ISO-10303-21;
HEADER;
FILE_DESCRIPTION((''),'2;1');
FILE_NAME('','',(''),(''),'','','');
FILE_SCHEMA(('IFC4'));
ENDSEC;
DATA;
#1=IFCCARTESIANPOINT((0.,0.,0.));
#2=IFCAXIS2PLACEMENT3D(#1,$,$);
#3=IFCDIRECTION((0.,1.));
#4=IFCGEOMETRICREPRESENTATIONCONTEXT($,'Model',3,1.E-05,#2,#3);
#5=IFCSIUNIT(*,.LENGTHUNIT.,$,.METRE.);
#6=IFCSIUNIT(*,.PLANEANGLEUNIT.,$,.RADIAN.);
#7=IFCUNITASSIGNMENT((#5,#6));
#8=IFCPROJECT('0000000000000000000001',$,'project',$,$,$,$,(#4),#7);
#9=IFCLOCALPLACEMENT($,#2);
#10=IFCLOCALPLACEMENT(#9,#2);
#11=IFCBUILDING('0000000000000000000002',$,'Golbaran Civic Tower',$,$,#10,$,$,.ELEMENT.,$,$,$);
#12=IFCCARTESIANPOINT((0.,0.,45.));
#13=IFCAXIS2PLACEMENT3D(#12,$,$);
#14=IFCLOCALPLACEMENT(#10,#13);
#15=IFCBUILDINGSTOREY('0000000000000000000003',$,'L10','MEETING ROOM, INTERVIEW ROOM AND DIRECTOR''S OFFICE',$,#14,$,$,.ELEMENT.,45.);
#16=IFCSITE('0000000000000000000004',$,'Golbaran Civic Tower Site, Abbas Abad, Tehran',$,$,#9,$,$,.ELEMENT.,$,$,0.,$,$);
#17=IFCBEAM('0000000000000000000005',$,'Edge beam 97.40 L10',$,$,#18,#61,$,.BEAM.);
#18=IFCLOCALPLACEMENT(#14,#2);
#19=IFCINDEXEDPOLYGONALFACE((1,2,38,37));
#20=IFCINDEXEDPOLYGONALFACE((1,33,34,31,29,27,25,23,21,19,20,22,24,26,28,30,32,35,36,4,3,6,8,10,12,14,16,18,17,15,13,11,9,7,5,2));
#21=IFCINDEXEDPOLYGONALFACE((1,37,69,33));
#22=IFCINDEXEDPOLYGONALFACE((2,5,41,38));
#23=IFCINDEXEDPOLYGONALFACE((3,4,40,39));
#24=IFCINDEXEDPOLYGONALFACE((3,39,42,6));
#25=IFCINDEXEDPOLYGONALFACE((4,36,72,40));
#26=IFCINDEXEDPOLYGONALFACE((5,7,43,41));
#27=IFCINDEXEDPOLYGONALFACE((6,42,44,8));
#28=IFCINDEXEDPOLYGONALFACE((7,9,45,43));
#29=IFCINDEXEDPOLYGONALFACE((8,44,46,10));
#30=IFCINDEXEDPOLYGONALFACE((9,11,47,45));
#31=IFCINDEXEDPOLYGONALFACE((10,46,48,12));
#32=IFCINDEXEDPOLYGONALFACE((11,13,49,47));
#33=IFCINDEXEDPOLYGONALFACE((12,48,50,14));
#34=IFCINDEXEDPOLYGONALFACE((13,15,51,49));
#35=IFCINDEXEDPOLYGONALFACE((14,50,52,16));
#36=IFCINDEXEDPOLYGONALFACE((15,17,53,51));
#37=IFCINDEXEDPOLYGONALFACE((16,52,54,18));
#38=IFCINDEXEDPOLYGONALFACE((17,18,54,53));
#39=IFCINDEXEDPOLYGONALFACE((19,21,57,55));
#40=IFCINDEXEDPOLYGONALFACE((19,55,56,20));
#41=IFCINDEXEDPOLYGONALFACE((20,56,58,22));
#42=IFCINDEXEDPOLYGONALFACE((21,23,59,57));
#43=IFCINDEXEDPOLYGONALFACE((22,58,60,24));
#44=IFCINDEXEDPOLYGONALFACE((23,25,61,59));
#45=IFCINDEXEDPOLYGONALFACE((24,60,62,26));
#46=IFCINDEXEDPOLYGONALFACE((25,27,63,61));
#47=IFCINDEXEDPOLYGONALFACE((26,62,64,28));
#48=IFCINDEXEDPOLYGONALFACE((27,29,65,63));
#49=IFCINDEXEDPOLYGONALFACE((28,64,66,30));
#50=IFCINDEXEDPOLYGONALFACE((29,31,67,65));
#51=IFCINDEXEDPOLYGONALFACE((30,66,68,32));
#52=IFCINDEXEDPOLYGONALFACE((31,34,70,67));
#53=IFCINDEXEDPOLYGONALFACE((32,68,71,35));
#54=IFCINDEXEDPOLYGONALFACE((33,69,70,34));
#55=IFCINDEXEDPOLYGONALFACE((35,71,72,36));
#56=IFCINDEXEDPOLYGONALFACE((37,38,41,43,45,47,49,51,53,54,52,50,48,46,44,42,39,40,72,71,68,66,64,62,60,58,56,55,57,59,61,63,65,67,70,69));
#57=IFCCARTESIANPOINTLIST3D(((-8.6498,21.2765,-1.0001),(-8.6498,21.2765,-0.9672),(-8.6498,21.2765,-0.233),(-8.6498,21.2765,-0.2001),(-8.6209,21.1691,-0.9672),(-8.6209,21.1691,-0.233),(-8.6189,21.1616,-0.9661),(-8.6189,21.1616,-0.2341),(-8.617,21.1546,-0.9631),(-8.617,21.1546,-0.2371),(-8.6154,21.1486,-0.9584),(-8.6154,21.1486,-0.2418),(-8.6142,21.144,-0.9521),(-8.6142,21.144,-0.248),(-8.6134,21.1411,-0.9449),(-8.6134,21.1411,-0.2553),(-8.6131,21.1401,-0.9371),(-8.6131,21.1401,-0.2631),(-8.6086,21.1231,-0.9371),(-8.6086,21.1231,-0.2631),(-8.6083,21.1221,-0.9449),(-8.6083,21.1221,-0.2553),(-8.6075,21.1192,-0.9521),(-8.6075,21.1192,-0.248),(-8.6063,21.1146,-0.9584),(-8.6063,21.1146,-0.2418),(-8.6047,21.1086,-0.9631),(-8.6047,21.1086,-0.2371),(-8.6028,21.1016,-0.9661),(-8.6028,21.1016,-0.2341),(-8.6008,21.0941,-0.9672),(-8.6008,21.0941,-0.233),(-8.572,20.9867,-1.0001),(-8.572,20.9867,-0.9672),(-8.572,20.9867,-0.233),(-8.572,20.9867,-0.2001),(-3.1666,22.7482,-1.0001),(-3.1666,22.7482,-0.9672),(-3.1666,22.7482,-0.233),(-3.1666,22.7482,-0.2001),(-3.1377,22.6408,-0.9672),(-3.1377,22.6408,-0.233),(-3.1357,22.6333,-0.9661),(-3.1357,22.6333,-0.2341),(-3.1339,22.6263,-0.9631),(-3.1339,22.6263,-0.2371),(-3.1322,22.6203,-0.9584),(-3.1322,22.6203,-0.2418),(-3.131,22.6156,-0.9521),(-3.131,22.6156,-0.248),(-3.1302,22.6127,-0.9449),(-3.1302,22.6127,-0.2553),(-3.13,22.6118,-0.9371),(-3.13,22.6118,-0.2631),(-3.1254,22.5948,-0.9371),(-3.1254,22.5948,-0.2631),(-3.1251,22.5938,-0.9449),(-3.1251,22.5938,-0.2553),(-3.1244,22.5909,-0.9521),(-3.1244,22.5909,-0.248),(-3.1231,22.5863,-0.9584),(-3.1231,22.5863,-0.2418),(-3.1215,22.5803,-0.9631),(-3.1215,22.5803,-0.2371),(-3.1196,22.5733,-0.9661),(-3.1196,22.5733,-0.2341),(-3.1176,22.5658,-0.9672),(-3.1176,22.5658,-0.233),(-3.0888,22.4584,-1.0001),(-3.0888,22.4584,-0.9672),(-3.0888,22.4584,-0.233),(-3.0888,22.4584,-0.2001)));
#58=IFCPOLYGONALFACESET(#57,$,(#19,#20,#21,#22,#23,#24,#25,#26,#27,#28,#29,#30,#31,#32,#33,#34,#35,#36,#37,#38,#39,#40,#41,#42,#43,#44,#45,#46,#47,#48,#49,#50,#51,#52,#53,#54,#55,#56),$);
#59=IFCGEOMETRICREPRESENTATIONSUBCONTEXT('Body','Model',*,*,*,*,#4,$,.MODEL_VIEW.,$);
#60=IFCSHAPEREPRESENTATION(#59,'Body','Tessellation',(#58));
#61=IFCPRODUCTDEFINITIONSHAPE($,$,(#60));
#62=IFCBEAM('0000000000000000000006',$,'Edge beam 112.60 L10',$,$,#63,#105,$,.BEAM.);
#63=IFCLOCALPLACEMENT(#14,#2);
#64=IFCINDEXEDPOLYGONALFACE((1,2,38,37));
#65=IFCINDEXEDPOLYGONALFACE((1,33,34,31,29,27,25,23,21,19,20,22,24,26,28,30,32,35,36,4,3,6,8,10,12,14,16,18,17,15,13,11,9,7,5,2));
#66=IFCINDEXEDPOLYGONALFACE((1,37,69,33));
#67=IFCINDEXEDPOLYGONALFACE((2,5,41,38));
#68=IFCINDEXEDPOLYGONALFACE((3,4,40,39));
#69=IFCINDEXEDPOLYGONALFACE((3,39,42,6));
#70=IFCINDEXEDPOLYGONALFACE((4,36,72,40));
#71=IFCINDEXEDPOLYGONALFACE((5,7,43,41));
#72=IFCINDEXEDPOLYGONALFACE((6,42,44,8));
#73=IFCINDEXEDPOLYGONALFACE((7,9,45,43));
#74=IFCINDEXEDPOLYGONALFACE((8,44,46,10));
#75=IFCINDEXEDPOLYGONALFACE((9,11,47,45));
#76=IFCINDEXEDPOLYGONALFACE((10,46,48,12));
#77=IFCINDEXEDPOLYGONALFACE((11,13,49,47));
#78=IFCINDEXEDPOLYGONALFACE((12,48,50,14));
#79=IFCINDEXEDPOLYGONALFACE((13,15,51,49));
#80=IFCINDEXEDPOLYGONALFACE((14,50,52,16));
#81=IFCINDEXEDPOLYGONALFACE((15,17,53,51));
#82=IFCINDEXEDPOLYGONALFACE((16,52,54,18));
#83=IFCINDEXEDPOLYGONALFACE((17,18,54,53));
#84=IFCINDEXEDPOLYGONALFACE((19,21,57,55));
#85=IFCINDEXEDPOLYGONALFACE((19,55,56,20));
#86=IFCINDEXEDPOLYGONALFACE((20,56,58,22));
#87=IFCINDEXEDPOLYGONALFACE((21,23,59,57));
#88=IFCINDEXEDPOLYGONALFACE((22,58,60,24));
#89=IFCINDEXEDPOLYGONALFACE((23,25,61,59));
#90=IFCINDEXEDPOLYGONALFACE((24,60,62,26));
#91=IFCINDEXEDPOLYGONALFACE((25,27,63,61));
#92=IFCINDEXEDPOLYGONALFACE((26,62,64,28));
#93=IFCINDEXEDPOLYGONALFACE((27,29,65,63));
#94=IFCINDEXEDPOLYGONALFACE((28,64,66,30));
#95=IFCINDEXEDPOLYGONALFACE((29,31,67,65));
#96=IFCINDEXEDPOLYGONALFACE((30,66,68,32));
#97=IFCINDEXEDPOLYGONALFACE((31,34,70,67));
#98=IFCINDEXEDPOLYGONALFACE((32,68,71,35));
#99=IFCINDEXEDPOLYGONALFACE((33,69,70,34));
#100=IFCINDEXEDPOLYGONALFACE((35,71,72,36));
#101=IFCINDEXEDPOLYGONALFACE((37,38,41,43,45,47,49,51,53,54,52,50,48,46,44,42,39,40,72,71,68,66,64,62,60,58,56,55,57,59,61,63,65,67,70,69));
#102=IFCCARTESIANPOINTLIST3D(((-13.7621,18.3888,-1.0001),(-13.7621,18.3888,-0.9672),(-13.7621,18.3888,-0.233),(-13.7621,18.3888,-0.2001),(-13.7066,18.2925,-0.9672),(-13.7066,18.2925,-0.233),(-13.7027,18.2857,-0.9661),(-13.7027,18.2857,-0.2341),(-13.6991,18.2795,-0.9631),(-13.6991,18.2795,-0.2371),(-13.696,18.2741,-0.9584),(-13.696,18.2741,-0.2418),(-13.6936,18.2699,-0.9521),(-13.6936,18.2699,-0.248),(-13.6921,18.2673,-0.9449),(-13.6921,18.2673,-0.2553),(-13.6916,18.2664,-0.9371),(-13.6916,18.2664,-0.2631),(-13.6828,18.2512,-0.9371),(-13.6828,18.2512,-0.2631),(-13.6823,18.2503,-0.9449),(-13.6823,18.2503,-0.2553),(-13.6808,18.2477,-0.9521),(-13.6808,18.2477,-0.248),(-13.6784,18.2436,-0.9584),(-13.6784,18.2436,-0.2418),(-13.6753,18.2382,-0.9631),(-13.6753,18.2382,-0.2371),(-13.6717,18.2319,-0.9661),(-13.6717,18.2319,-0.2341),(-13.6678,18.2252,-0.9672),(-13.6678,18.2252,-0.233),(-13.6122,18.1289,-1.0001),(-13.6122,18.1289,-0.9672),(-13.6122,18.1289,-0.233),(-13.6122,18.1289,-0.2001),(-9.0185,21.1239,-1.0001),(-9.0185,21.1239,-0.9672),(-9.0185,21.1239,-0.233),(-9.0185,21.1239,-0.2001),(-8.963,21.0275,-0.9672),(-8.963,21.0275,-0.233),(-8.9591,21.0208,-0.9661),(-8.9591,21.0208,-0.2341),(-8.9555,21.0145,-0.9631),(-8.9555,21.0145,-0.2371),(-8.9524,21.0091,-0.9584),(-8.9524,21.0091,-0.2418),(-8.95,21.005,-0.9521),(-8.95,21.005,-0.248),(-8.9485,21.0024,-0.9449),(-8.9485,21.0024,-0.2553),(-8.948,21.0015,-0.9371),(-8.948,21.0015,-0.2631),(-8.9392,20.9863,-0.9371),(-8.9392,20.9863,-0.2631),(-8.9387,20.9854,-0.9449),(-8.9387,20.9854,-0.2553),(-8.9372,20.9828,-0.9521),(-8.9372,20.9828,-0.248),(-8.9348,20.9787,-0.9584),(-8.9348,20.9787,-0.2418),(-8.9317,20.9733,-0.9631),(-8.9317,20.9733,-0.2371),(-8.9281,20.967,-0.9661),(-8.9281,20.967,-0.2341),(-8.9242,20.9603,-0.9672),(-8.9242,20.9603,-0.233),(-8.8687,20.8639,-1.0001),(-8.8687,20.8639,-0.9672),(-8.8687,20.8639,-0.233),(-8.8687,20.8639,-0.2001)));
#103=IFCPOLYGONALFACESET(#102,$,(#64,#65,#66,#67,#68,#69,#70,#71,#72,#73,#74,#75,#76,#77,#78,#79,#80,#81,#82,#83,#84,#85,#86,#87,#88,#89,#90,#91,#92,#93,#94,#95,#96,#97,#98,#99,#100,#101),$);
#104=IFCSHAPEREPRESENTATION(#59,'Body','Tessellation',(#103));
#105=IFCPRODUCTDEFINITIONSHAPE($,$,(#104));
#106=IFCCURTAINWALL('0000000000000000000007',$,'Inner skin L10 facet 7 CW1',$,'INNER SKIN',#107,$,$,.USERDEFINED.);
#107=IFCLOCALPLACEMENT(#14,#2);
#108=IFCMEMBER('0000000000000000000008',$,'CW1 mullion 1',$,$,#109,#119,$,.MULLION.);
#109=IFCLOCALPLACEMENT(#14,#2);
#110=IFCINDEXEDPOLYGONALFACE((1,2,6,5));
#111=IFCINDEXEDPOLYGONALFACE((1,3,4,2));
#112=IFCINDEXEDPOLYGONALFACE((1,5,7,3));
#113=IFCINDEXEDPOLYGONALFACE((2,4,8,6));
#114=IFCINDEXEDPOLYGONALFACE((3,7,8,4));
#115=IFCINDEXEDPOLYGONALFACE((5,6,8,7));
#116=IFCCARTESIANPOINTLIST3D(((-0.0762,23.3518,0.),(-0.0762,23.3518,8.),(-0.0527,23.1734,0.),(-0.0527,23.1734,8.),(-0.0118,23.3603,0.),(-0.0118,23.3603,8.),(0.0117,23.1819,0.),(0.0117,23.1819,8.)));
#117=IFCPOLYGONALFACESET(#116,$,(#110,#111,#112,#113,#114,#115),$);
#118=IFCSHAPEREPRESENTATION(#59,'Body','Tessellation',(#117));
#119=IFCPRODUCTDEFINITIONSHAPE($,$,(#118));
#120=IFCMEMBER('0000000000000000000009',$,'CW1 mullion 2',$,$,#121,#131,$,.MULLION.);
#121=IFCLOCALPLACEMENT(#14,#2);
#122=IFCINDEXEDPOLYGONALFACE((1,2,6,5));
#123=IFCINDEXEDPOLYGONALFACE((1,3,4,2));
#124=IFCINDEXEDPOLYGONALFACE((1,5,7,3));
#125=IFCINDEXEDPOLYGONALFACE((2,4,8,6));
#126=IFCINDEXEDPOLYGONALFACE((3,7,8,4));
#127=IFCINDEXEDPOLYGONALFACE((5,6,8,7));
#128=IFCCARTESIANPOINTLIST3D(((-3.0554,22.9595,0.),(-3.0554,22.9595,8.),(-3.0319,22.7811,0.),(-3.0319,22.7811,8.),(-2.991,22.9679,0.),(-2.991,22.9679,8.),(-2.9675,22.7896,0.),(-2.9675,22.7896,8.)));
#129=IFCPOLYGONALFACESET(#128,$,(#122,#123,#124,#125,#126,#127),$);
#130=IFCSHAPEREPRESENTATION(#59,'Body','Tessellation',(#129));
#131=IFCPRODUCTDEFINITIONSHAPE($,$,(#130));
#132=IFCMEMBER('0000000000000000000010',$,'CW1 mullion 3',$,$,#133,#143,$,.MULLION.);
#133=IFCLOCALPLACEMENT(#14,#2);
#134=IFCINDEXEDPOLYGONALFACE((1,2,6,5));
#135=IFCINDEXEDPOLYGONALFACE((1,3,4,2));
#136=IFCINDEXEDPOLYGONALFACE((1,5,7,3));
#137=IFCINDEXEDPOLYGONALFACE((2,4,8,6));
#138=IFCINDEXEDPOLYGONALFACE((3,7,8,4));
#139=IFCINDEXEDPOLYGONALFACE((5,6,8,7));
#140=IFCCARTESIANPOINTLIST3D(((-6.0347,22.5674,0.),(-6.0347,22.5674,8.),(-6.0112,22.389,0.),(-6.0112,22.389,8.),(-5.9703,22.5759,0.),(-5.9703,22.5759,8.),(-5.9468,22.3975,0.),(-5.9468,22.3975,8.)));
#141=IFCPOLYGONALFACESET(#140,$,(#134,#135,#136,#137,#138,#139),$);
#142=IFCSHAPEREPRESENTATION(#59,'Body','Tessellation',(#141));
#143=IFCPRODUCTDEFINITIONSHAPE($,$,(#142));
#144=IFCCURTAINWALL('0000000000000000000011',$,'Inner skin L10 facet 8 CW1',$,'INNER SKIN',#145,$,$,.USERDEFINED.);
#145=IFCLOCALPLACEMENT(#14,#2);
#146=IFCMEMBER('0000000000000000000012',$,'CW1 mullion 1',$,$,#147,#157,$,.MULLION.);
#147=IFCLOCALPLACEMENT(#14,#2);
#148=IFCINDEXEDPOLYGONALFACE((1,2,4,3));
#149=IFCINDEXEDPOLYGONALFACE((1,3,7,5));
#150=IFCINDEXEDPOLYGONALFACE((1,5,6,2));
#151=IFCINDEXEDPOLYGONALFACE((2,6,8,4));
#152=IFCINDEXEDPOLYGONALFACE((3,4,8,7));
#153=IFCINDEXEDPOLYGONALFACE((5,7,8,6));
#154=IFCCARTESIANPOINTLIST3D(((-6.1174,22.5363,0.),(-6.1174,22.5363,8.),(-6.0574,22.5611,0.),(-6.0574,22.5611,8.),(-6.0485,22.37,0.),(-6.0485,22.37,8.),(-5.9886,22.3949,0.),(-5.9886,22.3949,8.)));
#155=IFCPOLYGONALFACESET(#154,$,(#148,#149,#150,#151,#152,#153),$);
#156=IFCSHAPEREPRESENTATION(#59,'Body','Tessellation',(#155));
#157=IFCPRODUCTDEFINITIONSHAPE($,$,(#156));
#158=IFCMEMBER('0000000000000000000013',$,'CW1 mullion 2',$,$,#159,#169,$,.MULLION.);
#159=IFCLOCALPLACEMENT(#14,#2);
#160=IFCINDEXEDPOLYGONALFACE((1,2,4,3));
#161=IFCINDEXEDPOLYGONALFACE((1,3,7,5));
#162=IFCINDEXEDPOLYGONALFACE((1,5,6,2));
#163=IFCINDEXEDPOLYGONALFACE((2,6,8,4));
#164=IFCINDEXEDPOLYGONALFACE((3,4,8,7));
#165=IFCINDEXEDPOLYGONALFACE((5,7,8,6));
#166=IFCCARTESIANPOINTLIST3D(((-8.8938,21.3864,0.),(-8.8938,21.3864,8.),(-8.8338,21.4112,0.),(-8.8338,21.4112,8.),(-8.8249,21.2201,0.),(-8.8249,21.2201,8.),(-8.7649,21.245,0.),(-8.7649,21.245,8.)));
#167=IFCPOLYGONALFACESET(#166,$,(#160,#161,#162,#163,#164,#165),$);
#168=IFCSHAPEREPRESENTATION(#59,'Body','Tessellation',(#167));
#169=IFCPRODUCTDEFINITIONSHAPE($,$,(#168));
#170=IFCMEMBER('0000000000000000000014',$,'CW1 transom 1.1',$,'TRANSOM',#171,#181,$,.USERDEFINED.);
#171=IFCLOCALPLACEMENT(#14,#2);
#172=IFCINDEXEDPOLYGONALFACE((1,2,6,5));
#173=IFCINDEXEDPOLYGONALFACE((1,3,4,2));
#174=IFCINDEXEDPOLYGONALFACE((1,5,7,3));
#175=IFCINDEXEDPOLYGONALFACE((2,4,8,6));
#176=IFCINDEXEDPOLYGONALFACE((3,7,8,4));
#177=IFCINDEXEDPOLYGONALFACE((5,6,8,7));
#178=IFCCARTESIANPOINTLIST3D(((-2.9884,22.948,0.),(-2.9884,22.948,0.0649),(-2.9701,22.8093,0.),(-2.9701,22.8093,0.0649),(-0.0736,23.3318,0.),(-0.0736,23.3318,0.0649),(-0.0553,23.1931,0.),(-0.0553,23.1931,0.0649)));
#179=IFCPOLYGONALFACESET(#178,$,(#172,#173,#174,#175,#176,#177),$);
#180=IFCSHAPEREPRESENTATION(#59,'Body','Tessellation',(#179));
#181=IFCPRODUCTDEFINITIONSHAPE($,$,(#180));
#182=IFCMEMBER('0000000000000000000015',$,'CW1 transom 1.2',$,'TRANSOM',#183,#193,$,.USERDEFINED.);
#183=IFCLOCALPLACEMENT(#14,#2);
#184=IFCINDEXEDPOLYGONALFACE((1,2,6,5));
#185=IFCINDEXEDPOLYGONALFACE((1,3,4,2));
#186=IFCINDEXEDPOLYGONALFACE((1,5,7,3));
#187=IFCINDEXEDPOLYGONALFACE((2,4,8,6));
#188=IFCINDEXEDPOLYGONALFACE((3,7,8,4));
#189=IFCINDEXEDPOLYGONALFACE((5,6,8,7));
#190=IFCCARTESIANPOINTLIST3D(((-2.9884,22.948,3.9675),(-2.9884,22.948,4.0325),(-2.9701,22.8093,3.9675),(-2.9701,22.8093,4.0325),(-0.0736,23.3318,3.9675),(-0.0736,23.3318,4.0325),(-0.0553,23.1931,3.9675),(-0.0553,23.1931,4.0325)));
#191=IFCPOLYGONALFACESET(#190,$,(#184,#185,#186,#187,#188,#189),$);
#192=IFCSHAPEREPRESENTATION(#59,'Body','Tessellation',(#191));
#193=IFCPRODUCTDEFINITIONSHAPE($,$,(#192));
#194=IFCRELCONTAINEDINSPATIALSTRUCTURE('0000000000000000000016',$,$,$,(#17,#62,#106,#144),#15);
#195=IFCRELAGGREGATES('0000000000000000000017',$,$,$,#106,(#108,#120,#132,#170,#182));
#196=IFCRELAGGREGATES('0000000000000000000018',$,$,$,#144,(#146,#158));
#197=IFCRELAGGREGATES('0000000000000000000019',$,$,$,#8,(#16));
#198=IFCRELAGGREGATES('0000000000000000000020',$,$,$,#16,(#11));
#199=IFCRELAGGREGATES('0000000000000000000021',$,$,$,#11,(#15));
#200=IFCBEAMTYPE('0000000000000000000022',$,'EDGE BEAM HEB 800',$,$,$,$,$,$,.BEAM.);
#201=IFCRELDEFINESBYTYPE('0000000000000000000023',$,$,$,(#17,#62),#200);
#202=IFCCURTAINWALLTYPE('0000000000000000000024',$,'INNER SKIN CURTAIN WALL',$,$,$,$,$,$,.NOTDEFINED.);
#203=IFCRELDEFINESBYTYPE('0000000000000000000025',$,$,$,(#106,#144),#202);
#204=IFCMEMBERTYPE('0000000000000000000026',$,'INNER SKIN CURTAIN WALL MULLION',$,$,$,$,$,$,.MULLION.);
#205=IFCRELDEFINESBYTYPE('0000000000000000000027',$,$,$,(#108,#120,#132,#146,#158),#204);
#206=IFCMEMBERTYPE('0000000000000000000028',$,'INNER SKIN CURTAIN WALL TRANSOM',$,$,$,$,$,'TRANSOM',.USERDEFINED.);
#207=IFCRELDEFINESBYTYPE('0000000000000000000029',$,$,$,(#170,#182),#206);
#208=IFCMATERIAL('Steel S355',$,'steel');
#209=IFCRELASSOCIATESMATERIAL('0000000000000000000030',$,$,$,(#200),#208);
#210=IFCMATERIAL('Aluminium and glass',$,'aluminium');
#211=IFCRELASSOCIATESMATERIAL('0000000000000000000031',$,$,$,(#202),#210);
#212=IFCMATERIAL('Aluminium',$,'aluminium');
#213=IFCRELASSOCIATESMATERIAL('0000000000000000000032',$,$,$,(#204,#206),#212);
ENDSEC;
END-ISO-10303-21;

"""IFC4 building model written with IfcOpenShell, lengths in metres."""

from ifc_helpers import new_model, si_unit, direction, frame, origin, origin_2d, place, context, subcontext, project, spatial, rectangle, i_section, extrude, material, material_profile, profile_set, type_object, element, aggregate, save


model = new_model("IFC4")

# Units and contexts
model_context = context("Model", 3, precision=1e-05, world=origin(), true_north=direction((0.0, 1.0)))
body_context = subcontext(model_context, "Body", "Model", "MODEL_VIEW")
ifc_project = project(units=[si_unit("LENGTHUNIT", "METRE"), si_unit("PLANEANGLEUNIT", "RADIAN")], contexts=[model_context])

# Site, building, storey
site_placement = place(None, origin())
site = spatial("IfcSite", under=ifc_project, at=site_placement, Name="Golbaran Civic Tower Site, Abbas Abad, Tehran", CompositionType="ELEMENT", RefElevation=0.0)
building_placement = place(site_placement, origin())
building = spatial("IfcBuilding", under=site, at=building_placement, Name="Golbaran Civic Tower", CompositionType="ELEMENT")
storey_placement = place(building_placement, frame((0.0, 0.0, 45.0)))
storey = spatial("IfcBuildingStorey", under=building, at=storey_placement, Name="L10", Description="MEETING ROOM, INTERVIEW ROOM AND DIRECTOR'S OFFICE", CompositionType="ELEMENT", Elevation=45.0)

# Beams
ifc_material_1 = material(Name="Steel S355", Category="steel")
ifc_material_profile_1 = material_profile(ifc_material_1, i_section(OverallWidth=0.3, OverallDepth=0.8, WebThickness=0.0176, FlangeThickness=0.033, FilletRadius=0.03, at=origin_2d()), Name="HEB 800")
ifc_profile_set_1 = profile_set([ifc_material_profile_1], Name="Steel S355")
beam_type = type_object("IfcBeamType", Name="EDGE BEAM HEB 800", PredefinedType="BEAM", material=ifc_profile_set_1)
beam_1_placement = place(storey_placement, frame((-3.1277, 22.6033, -0.6001), z_axis=(-0.965817, -0.259225, 0.0), x_axis=(0.259225, -0.965817, 0.0)))
element("IfcBeam", 1, at=beam_1_placement, inside=storey, type_object=beam_type, Name="Edge beam 97.40 L10", PredefinedType="BEAM", context=body_context, shape_type="SweptSolid", body=[
    extrude(i_section(OverallWidth=0.3, OverallDepth=0.8, WebThickness=0.0176, FlangeThickness=0.033, FilletRadius=0.03, at=origin_2d()), origin(), (0.0, 0.0, 1.0), 5.6772),
])
beam_2_placement = place(storey_placement, frame((-8.9436, 20.9939, -0.6001), z_axis=(-0.866313, -0.499501, 0.0), x_axis=(0.499501, -0.866313, 0.0)))
element("IfcBeam", 2, at=beam_2_placement, inside=storey, type_object=beam_type, Name="Edge beam 112.60 L10", PredefinedType="BEAM", context=body_context, shape_type="SweptSolid", body=[
    extrude(i_section(OverallWidth=0.3, OverallDepth=0.8, WebThickness=0.0176, FlangeThickness=0.033, FilletRadius=0.03, at=origin_2d()), origin(), (0.0, 0.0, 1.0), 5.4756),
])

# Curtain walls, members
ifc_material_2 = material(Name="Aluminium and glass", Category="aluminium")
curtain_wall_type = type_object("IfcCurtainWallType", Name="INNER SKIN CURTAIN WALL", PredefinedType="NOTDEFINED", material=ifc_material_2)
curtain_wall_1_placement = place(storey_placement, origin())
curtain_wall_1 = element("IfcCurtainWall", 3, at=curtain_wall_1_placement, inside=storey, type_object=curtain_wall_type, Name="Inner skin L10 facet 7 CW1", ObjectType="INNER SKIN", PredefinedType="USERDEFINED")
ifc_material_3 = material(Name="Aluminium", Category="aluminium")
ifc_material_profile_2 = material_profile(ifc_material_3, rectangle(XDim=0.1799, YDim=0.0649, at=origin_2d()), Name="INNER SKIN CURTAIN WALL MULLION")
ifc_profile_set_2 = profile_set([ifc_material_profile_2], Name="Aluminium")
member_type_1 = type_object("IfcMemberType", Name="INNER SKIN CURTAIN WALL MULLION", PredefinedType="MULLION", material=ifc_profile_set_2)
member_1_placement = place(storey_placement, frame((-0.0322, 23.2668, 0.0), z_axis=(0.0, 0.0, 1.0), x_axis=(0.130526, -0.991445, 0.0)))
member_1 = element("IfcMember", 4, at=member_1_placement, type_object=member_type_1, Name="CW1 mullion 1", PredefinedType="MULLION", context=body_context, shape_type="SweptSolid", body=[
    extrude(rectangle(XDim=0.1799, YDim=0.0649, at=origin_2d()), origin(), (0.0, 0.0, 1.0), 8.0),
])
member_2_placement = place(storey_placement, frame((-3.0115, 22.8745, 0.0), z_axis=(0.0, 0.0, 1.0), x_axis=(0.130526, -0.991445, 0.0)))
member_2 = element("IfcMember", 5, at=member_2_placement, type_object=member_type_1, Name="CW1 mullion 2", PredefinedType="MULLION", context=body_context, shape_type="SweptSolid", body=[
    extrude(rectangle(XDim=0.1799, YDim=0.0649, at=origin_2d()), origin(), (0.0, 0.0, 1.0), 8.0),
])
member_3_placement = place(storey_placement, frame((-5.9907, 22.4824, 0.0), z_axis=(0.0, 0.0, 1.0), x_axis=(0.130526, -0.991445, 0.0)))
member_3 = element("IfcMember", 6, at=member_3_placement, type_object=member_type_1, Name="CW1 mullion 3", PredefinedType="MULLION", context=body_context, shape_type="SweptSolid", body=[
    extrude(rectangle(XDim=0.1799, YDim=0.0649, at=origin_2d()), origin(), (0.0, 0.0, 1.0), 8.0),
])
curtain_wall_2_placement = place(storey_placement, origin())
curtain_wall_2 = element("IfcCurtainWall", 7, at=curtain_wall_2_placement, inside=storey, type_object=curtain_wall_type, Name="Inner skin L10 facet 8 CW1", ObjectType="INNER SKIN", PredefinedType="USERDEFINED")
member_4_placement = place(storey_placement, frame((-6.053, 22.4656, 0.0), z_axis=(0.0, 0.0, 1.0), x_axis=(0.382683, -0.92388, 0.0)))
member_4 = element("IfcMember", 8, at=member_4_placement, type_object=member_type_1, Name="CW1 mullion 1", PredefinedType="MULLION", context=body_context, shape_type="SweptSolid", body=[
    extrude(rectangle(XDim=0.1799, YDim=0.0649, at=origin_2d()), origin(), (0.0, 0.0, 1.0), 8.0),
])
member_5_placement = place(storey_placement, frame((-8.8293, 21.3157, 0.0), z_axis=(0.0, 0.0, 1.0), x_axis=(0.382683, -0.92388, 0.0)))
member_5 = element("IfcMember", 9, at=member_5_placement, type_object=member_type_1, Name="CW1 mullion 2", PredefinedType="MULLION", context=body_context, shape_type="SweptSolid", body=[
    extrude(rectangle(XDim=0.1799, YDim=0.0649, at=origin_2d()), origin(), (0.0, 0.0, 1.0), 8.0),
])

# Members
ifc_material_profile_3 = material_profile(ifc_material_3, rectangle(XDim=0.1399, YDim=0.0649, at=origin_2d()), Name="INNER SKIN CURTAIN WALL TRANSOM")
ifc_profile_set_3 = profile_set([ifc_material_profile_3], Name="Aluminium")
member_type_2 = type_object("IfcMemberType", Name="INNER SKIN CURTAIN WALL TRANSOM", ElementType="TRANSOM", PredefinedType="USERDEFINED", material=ifc_profile_set_3)
member_6_placement = place(storey_placement, frame((-0.0645, 23.2625, 0.0325), z_axis=(-0.991443, -0.130543, 0.0), x_axis=(0.130543, -0.991443, 0.0)))
member_6 = element("IfcMember", 10, at=member_6_placement, type_object=member_type_2, Name="CW1 transom 1.1", ObjectType="TRANSOM", PredefinedType="USERDEFINED", context=body_context, shape_type="SweptSolid", body=[
    extrude(rectangle(XDim=0.1399, YDim=0.0649, at=origin_2d()), origin(), (0.0, 0.0, 1.0), 2.9399),
])
member_7_placement = place(storey_placement, frame((-0.0645, 23.2625, 4.0), z_axis=(-0.991443, -0.130543, 0.0), x_axis=(0.130543, -0.991443, 0.0)))
member_7 = element("IfcMember", 11, at=member_7_placement, type_object=member_type_2, Name="CW1 transom 1.2", ObjectType="TRANSOM", PredefinedType="USERDEFINED", context=body_context, shape_type="SweptSolid", body=[
    extrude(rectangle(XDim=0.1399, YDim=0.0649, at=origin_2d()), origin(), (0.0, 0.0, 1.0), 2.9399),
])

aggregate(curtain_wall_1, [member_1, member_2, member_3, member_6, member_7])
aggregate(curtain_wall_2, [member_4, member_5])

save(model, "model.ifc")
